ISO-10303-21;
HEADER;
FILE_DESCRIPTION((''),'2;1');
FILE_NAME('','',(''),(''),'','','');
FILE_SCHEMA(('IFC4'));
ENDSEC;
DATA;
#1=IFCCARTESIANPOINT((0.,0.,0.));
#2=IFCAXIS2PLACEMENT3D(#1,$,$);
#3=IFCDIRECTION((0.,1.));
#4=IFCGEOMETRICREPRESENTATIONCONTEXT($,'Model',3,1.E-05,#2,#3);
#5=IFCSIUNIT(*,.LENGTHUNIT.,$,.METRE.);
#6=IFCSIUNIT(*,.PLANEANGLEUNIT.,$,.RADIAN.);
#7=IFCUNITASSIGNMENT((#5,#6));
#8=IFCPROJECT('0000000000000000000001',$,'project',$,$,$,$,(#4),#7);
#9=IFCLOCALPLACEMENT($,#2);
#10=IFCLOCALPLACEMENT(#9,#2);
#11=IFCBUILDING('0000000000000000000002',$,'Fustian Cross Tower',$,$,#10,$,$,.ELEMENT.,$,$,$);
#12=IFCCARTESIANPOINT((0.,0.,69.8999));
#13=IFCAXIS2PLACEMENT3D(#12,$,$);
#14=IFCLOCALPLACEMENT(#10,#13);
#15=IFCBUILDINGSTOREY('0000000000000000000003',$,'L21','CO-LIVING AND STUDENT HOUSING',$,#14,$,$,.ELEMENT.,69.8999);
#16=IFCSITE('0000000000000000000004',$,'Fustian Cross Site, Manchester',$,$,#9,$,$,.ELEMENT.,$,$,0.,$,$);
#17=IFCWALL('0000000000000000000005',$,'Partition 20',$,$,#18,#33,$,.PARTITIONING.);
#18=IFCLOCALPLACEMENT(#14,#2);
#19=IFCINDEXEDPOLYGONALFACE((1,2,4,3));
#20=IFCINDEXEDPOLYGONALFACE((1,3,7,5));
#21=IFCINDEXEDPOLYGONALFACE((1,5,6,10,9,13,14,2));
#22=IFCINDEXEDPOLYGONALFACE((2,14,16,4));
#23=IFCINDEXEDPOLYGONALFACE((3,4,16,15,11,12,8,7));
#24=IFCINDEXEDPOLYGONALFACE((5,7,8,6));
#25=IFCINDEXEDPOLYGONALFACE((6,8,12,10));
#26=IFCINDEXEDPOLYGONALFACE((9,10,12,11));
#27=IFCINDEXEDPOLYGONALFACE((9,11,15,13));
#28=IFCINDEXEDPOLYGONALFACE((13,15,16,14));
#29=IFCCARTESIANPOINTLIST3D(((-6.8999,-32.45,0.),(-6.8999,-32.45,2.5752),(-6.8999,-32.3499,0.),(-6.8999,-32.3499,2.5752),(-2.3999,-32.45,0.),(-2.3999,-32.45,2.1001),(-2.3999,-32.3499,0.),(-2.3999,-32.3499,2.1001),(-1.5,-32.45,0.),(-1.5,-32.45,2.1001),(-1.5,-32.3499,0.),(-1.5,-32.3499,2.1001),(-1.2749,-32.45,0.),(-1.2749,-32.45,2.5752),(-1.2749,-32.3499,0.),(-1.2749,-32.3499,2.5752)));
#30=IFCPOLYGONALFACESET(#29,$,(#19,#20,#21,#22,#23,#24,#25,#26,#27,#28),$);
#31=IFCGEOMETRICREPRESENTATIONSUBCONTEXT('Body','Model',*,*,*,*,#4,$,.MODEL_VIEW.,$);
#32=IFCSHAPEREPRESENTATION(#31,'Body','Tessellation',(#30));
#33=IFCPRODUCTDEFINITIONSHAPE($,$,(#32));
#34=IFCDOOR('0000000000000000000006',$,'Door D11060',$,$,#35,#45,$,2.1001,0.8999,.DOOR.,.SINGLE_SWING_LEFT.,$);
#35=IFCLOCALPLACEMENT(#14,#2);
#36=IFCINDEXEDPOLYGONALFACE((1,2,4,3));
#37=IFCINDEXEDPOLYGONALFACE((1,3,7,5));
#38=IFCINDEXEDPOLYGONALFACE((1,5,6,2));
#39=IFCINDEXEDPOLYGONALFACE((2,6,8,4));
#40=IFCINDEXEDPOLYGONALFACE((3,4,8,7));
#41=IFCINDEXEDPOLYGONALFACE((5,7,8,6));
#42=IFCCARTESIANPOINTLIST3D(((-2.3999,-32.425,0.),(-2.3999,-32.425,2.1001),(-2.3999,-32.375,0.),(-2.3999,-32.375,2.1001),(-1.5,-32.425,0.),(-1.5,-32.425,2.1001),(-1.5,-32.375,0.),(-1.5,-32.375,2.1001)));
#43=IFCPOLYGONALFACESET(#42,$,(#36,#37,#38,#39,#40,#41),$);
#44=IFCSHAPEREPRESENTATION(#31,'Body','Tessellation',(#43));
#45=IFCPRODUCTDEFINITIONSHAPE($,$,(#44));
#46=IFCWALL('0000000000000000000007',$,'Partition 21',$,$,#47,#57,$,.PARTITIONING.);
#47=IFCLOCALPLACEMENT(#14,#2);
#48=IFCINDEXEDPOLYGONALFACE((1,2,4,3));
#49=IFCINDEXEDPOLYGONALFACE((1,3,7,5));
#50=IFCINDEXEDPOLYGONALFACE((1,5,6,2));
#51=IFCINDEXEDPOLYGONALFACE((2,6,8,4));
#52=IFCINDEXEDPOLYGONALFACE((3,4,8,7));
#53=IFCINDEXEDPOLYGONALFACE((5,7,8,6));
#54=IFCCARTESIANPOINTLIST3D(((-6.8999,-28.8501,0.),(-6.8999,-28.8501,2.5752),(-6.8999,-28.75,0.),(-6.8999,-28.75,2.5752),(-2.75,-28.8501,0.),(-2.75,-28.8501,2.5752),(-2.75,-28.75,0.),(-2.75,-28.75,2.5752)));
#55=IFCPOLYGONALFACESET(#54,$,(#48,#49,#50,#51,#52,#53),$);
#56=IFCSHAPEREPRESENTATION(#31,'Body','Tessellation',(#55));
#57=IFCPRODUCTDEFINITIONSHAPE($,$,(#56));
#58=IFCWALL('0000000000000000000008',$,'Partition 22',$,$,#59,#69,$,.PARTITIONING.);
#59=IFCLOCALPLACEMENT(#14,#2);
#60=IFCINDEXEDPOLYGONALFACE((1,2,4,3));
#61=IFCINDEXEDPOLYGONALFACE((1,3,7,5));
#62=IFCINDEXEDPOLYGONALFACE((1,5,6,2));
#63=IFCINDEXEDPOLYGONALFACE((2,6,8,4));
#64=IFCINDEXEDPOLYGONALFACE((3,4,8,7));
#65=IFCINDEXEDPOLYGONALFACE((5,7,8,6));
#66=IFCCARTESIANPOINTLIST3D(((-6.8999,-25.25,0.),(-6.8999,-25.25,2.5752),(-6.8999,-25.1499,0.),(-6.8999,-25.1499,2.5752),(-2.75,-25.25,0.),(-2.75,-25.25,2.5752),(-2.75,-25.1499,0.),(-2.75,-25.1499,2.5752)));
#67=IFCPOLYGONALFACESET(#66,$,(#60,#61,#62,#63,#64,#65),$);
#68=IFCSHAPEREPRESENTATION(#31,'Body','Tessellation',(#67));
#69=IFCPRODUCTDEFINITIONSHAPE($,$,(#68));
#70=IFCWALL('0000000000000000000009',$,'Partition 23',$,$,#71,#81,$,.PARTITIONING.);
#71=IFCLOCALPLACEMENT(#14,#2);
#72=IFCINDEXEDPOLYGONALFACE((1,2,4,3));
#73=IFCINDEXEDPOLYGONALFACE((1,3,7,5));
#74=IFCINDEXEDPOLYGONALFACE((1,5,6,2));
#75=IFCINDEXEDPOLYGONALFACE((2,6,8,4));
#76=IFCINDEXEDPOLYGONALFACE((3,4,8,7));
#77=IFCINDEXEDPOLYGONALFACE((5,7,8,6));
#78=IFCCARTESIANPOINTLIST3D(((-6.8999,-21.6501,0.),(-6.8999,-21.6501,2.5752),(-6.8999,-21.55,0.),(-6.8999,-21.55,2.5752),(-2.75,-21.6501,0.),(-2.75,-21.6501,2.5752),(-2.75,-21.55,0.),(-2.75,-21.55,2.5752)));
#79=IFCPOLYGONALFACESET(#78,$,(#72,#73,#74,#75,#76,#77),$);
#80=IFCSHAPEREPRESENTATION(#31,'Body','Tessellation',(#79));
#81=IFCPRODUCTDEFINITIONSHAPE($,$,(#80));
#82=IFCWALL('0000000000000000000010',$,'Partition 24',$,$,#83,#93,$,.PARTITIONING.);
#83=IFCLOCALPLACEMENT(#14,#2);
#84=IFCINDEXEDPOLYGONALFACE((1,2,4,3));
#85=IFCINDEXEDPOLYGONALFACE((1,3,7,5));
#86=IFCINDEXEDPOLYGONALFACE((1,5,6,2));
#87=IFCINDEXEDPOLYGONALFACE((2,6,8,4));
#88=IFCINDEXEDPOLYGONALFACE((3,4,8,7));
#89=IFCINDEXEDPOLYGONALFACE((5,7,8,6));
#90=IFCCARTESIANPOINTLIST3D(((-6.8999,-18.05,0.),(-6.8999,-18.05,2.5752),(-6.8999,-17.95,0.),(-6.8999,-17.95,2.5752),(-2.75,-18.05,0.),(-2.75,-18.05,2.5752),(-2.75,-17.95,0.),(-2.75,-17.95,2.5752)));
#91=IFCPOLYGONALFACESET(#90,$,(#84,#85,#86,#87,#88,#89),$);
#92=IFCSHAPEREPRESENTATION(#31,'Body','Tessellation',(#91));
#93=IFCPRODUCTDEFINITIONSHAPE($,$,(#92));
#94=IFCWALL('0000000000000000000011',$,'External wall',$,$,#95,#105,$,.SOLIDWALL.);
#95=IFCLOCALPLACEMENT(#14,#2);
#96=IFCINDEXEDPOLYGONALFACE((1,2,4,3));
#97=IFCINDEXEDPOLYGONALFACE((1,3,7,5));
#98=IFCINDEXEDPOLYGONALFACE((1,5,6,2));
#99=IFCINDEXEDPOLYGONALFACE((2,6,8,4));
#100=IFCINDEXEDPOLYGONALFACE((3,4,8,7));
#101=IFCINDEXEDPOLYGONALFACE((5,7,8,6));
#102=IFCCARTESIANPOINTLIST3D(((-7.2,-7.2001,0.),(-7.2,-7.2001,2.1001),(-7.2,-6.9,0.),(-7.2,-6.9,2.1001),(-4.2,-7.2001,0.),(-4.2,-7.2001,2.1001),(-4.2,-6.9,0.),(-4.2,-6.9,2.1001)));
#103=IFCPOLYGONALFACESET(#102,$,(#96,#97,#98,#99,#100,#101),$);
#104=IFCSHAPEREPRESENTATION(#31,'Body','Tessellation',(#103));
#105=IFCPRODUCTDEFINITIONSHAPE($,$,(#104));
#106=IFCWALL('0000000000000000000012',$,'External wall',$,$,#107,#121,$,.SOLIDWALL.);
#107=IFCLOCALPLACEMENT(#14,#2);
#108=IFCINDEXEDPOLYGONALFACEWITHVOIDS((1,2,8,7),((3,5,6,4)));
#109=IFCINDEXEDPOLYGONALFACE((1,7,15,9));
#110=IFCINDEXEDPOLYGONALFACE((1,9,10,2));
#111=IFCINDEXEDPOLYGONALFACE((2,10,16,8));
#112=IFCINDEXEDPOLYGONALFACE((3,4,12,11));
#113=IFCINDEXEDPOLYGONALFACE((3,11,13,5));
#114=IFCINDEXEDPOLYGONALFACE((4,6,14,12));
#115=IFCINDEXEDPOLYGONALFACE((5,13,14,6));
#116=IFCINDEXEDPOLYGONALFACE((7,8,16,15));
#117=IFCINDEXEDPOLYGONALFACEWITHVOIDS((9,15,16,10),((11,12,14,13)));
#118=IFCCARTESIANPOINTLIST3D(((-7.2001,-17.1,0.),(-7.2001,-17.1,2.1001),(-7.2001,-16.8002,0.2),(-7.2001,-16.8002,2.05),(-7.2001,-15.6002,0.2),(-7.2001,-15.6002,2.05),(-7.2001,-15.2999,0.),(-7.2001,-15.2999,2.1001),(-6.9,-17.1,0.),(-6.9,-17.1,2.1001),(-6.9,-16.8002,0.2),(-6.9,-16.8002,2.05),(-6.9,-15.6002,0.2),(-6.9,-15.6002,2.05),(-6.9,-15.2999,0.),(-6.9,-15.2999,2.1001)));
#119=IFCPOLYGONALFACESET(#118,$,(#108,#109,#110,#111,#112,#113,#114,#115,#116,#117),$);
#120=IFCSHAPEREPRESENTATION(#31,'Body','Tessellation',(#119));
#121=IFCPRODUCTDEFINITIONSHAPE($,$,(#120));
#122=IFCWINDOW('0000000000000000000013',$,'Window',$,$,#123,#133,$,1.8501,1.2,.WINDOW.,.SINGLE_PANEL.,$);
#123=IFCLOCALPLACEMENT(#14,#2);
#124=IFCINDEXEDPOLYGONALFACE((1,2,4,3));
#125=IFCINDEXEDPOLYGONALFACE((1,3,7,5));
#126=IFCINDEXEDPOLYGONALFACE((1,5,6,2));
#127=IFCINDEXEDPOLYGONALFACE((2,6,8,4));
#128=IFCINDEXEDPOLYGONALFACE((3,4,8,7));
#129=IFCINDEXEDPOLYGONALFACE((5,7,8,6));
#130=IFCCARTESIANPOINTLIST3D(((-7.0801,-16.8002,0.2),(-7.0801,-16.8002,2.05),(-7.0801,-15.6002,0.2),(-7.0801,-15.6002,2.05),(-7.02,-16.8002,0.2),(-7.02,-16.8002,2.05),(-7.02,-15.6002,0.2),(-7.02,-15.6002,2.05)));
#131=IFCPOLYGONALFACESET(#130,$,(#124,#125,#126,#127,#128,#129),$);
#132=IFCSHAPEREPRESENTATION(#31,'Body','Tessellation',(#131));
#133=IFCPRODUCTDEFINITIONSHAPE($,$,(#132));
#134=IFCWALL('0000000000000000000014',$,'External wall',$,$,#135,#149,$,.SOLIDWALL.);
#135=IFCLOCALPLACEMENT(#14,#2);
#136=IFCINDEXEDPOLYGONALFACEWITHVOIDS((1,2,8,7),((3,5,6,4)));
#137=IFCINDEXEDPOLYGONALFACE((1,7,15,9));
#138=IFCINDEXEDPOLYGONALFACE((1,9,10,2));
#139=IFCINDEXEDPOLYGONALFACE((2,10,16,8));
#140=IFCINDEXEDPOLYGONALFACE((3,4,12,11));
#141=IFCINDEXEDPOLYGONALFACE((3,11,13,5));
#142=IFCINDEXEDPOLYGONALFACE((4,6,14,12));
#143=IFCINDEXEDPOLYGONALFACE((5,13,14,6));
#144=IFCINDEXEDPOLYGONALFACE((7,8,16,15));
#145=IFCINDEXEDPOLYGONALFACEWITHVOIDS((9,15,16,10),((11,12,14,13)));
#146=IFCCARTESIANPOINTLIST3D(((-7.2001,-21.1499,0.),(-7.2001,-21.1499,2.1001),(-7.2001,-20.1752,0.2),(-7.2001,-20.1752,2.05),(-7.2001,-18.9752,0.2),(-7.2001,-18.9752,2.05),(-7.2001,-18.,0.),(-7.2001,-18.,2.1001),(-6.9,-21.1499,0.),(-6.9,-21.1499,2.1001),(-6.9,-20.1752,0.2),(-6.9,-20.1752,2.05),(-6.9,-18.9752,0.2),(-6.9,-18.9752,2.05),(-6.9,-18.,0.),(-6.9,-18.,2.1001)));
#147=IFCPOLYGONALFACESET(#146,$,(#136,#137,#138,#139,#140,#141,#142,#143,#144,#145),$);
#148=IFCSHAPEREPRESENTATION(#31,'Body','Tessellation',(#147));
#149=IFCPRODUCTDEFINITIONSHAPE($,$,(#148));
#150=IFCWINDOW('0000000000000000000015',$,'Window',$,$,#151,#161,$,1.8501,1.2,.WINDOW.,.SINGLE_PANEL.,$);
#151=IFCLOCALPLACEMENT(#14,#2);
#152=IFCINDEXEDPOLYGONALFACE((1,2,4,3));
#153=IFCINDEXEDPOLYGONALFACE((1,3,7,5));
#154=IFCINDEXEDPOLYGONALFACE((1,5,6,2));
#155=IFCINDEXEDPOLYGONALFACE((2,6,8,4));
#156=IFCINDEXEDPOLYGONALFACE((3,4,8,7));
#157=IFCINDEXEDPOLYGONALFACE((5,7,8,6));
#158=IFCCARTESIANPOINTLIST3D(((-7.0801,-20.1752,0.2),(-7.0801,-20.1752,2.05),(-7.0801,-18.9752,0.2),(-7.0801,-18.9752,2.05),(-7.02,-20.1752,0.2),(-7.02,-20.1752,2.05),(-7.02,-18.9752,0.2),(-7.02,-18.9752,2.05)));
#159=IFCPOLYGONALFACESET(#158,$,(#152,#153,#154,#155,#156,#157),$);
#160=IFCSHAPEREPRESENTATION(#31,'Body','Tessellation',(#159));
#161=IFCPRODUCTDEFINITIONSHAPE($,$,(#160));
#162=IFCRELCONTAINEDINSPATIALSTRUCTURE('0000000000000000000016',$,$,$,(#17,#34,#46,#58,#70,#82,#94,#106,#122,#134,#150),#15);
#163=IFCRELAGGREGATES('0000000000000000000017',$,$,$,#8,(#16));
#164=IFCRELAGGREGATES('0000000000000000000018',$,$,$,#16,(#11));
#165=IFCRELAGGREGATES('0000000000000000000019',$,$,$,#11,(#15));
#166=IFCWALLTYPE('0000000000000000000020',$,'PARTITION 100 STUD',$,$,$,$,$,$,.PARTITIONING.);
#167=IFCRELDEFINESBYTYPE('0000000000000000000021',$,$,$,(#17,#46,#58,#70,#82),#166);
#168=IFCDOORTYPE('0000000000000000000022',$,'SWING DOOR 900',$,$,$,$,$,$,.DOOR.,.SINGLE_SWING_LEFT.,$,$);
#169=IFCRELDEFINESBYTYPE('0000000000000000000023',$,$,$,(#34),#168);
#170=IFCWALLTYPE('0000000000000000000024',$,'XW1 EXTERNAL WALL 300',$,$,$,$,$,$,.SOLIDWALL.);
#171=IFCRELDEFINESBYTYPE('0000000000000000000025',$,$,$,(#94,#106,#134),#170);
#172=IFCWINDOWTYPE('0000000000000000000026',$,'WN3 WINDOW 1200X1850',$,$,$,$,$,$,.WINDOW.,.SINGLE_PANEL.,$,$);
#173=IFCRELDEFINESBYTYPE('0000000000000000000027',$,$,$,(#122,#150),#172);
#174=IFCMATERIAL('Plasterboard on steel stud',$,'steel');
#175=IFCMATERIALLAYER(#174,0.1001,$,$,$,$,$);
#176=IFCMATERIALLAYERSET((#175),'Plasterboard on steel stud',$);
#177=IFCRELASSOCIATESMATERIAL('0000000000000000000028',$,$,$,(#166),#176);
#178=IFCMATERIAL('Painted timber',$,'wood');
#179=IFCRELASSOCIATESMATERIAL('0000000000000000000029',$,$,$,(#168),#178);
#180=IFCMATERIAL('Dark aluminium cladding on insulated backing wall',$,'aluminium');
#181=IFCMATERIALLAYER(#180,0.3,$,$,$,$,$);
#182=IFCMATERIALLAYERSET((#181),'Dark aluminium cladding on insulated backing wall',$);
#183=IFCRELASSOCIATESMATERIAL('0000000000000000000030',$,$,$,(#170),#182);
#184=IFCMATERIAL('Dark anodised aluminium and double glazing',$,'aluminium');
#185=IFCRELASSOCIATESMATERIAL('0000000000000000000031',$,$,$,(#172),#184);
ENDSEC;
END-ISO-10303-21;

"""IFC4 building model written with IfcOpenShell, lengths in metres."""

from ifc_helpers import new_model, si_unit, direction, frame, frame_2d, origin, place, context, subcontext, project, spatial, rectangle, extrude, material, layer, layer_set, type_object, element, fill, save


model = new_model("IFC4")

# Units and contexts
model_context = context("Model", 3, precision=1e-05, world=origin(), true_north=direction((0.0, 1.0)))
body_context = subcontext(model_context, "Body", "Model", "MODEL_VIEW")
ifc_project = project(units=[si_unit("LENGTHUNIT", "METRE"), si_unit("PLANEANGLEUNIT", "RADIAN")], contexts=[model_context])

# Site, building, storey
site_placement = place(None, origin())
site = spatial("IfcSite", under=ifc_project, at=site_placement, Name="Fustian Cross Site, Manchester", CompositionType="ELEMENT", RefElevation=0.0)
building_placement = place(site_placement, origin())
building = spatial("IfcBuilding", under=site, at=building_placement, Name="Fustian Cross Tower", CompositionType="ELEMENT")
storey_placement = place(building_placement, frame((0.0, 0.0, 69.8999)))
storey = spatial("IfcBuildingStorey", under=building, at=storey_placement, Name="L21", Description="CO-LIVING AND STUDENT HOUSING", CompositionType="ELEMENT", Elevation=69.8999)

# Shared definitions
ifc_material_1 = material(Name="Plasterboard on steel stud", Category="steel")
ifc_layer_1 = layer(ifc_material_1, 0.1001)
ifc_layer_set_1 = layer_set([ifc_layer_1], Name="Plasterboard on steel stud")
wall_type_1 = type_object("IfcWallType", Name="PARTITION 100 STUD", PredefinedType="PARTITIONING", material=ifc_layer_set_1)

# Wall, opening, door
wall_1_placement = place(storey_placement, frame((-6.8999, -32.3999, 0.0), z_axis=(0.0, 0.0, 1.0), x_axis=(1.0, 0.0, 0.0)))
wall_1 = element("IfcWall", 1, at=wall_1_placement, inside=storey, type_object=wall_type_1, Name="Partition 20", PredefinedType="PARTITIONING", context=body_context, shape_type="SweptSolid", body=[
    extrude(rectangle(XDim=5.625, YDim=0.1001, at=frame_2d((2.8125, 0.0))), origin(), (0.0, 0.0, 1.0), 2.5752),
])
opening_1_placement = place(wall_1_placement, frame((4.5, 0.0, 0.0)))
opening_1 = element("IfcOpeningElement", 2, at=opening_1_placement, cuts=wall_1, PredefinedType="OPENING", context=body_context, shape_type="SweptSolid", body=[
    extrude(rectangle(XDim=0.8999, YDim=2.1001, at=frame_2d((0.45, 1.05))), frame((0.0, 0.0601, 0.0), z_axis=(0.0, -1.0, 0.0), x_axis=(1.0, 0.0, 0.0)), (0.0, 0.0, 1.0), 0.1201),
])
ifc_material_2 = material(Name="Painted timber", Category="wood")
door_type_1 = type_object("IfcDoorType", Name="SWING DOOR 900", OperationType="SINGLE_SWING_LEFT", PredefinedType="DOOR", material=ifc_material_2)
door_1_placement = place(opening_1_placement, origin())
door_1 = element("IfcDoor", 3, at=door_1_placement, inside=storey, type_object=door_type_1, Name="Door D11060", OperationType="SINGLE_SWING_LEFT", OverallHeight=2.1001, OverallWidth=0.8999, PredefinedType="DOOR", context=body_context, shape_type="SweptSolid", body=[
    extrude(rectangle(XDim=0.8999, YDim=2.1001, at=frame_2d((0.45, 1.05))), frame((0.0, 0.0249, 0.0), z_axis=(0.0, -1.0, 0.0), x_axis=(1.0, 0.0, 0.0)), (0.0, 0.0, 1.0), 0.05),
])
fill(opening_1, door_1)

# Walls
for number, where, z_axis, x_axis, name in (
    (4, (-6.8999, -28.8, 0.0), (0.0, 0.0, 1.0), (1.0, 0.0, 0.0), "Partition 21"),
    (5, (-6.8999, -25.2, 0.0), (0.0, 0.0, 1.0), (1.0, 0.0, 0.0), "Partition 22"),
    (6, (-6.8999, -21.6001, 0.0), (0.0, 0.0, 1.0), (1.0, 0.0, 0.0), "Partition 23"),
    (7, (-6.8999, -18.0, 0.0), (0.0, 0.0, 1.0), (1.0, 0.0, 0.0), "Partition 24"),
):
    element("IfcWall", number, at=place(storey_placement, frame(where, z_axis=z_axis, x_axis=x_axis)), inside=storey, type_object=wall_type_1, Name=name, PredefinedType="PARTITIONING", context=body_context, shape_type="SweptSolid", body=[
        extrude(rectangle(XDim=4.1499, YDim=0.1001, at=frame_2d((2.075, 0.0))), origin(), (0.0, 0.0, 1.0), 2.5752),
    ])
ifc_material_3 = material(Name="Dark aluminium cladding on insulated backing wall", Category="aluminium")
ifc_layer_2 = layer(ifc_material_3, 0.3)
ifc_layer_set_2 = layer_set([ifc_layer_2], Name="Dark aluminium cladding on insulated backing wall")
wall_type_2 = type_object("IfcWallType", Name="XW1 EXTERNAL WALL 300", PredefinedType="SOLIDWALL", material=ifc_layer_set_2)
wall_2_placement = place(storey_placement, frame((-7.2, -7.05, 0.0), z_axis=(0.0, 0.0, 1.0), x_axis=(1.0, 0.0, 0.0)))
element("IfcWall", 8, at=wall_2_placement, inside=storey, type_object=wall_type_2, Name="External wall", PredefinedType="SOLIDWALL", context=body_context, shape_type="SweptSolid", body=[
    extrude(rectangle(XDim=3.0, YDim=0.3, at=frame_2d((1.5, 0.0))), origin(), (0.0, 0.0, 1.0), 2.1001),
])

# Walls, openings, windows
wall_3_placement = place(storey_placement, frame((-7.05, -15.3, 0.0), z_axis=(0.0, 0.0, 1.0), x_axis=(0.0, -1.0, 0.0)))
wall_3 = element("IfcWall", 9, at=wall_3_placement, inside=storey, type_object=wall_type_2, Name="External wall", PredefinedType="SOLIDWALL", context=body_context, shape_type="SweptSolid", body=[
    extrude(rectangle(XDim=1.8, YDim=0.3, at=frame_2d((0.8999, 0.0))), origin(), (0.0, 0.0, 1.0), 2.1001),
])
opening_2_placement = place(wall_3_placement, frame((0.3, 0.0, 0.2)))
opening_2 = element("IfcOpeningElement", 10, at=opening_2_placement, cuts=wall_3, PredefinedType="OPENING", context=body_context, shape_type="SweptSolid", body=[
    extrude(rectangle(XDim=1.2, YDim=1.8501, at=frame_2d((0.6001, 0.925))), frame((0.0, 0.1599, 0.0), z_axis=(0.0, -1.0, 0.0), x_axis=(1.0, 0.0, 0.0)), (0.0, 0.0, 1.0), 0.3201),
])
ifc_material_4 = material(Name="Dark anodised aluminium and double glazing", Category="aluminium")
window_type_1 = type_object("IfcWindowType", Name="WN3 WINDOW 1200X1850", PartitioningType="SINGLE_PANEL", PredefinedType="WINDOW", material=ifc_material_4)
window_1_placement = place(opening_2_placement, origin())
window_1 = element("IfcWindow", 11, at=window_1_placement, inside=storey, type_object=window_type_1, Name="Window", OverallHeight=1.8501, OverallWidth=1.2, PartitioningType="SINGLE_PANEL", PredefinedType="WINDOW", context=body_context, shape_type="SweptSolid", body=[
    extrude(rectangle(XDim=1.2, YDim=1.8501, at=frame_2d((0.6001, 0.925))), frame((0.0, 0.03, 0.0), z_axis=(0.0, -1.0, 0.0), x_axis=(1.0, 0.0, 0.0)), (0.0, 0.0, 1.0), 0.0601),
])
fill(opening_2, window_1)
wall_4_placement = place(storey_placement, frame((-7.05, -18.0, 0.0), z_axis=(0.0, 0.0, 1.0), x_axis=(0.0, -1.0, 0.0)))
wall_4 = element("IfcWall", 12, at=wall_4_placement, inside=storey, type_object=wall_type_2, Name="External wall", PredefinedType="SOLIDWALL", context=body_context, shape_type="SweptSolid", body=[
    extrude(rectangle(XDim=3.1499, YDim=0.3, at=frame_2d((1.575, 0.0))), origin(), (0.0, 0.0, 1.0), 2.1001),
])
opening_3_placement = place(wall_4_placement, frame((0.9751, 0.0, 0.2)))
opening_3 = element("IfcOpeningElement", 13, at=opening_3_placement, cuts=wall_4, PredefinedType="OPENING", context=body_context, shape_type="SweptSolid", body=[
    extrude(rectangle(XDim=1.2, YDim=1.8501, at=frame_2d((0.6001, 0.925))), frame((0.0, 0.1599, 0.0), z_axis=(0.0, -1.0, 0.0), x_axis=(1.0, 0.0, 0.0)), (0.0, 0.0, 1.0), 0.3201),
])
window_2_placement = place(opening_3_placement, origin())
window_2 = element("IfcWindow", 14, at=window_2_placement, inside=storey, type_object=window_type_1, Name="Window", OverallHeight=1.8501, OverallWidth=1.2, PartitioningType="SINGLE_PANEL", PredefinedType="WINDOW", context=body_context, shape_type="SweptSolid", body=[
    extrude(rectangle(XDim=1.2, YDim=1.8501, at=frame_2d((0.6001, 0.925))), frame((0.0, 0.03, 0.0), z_axis=(0.0, -1.0, 0.0), x_axis=(1.0, 0.0, 0.0)), (0.0, 0.0, 1.0), 0.0601),
])
fill(opening_3, window_2)

save(model, "model.ifc")
